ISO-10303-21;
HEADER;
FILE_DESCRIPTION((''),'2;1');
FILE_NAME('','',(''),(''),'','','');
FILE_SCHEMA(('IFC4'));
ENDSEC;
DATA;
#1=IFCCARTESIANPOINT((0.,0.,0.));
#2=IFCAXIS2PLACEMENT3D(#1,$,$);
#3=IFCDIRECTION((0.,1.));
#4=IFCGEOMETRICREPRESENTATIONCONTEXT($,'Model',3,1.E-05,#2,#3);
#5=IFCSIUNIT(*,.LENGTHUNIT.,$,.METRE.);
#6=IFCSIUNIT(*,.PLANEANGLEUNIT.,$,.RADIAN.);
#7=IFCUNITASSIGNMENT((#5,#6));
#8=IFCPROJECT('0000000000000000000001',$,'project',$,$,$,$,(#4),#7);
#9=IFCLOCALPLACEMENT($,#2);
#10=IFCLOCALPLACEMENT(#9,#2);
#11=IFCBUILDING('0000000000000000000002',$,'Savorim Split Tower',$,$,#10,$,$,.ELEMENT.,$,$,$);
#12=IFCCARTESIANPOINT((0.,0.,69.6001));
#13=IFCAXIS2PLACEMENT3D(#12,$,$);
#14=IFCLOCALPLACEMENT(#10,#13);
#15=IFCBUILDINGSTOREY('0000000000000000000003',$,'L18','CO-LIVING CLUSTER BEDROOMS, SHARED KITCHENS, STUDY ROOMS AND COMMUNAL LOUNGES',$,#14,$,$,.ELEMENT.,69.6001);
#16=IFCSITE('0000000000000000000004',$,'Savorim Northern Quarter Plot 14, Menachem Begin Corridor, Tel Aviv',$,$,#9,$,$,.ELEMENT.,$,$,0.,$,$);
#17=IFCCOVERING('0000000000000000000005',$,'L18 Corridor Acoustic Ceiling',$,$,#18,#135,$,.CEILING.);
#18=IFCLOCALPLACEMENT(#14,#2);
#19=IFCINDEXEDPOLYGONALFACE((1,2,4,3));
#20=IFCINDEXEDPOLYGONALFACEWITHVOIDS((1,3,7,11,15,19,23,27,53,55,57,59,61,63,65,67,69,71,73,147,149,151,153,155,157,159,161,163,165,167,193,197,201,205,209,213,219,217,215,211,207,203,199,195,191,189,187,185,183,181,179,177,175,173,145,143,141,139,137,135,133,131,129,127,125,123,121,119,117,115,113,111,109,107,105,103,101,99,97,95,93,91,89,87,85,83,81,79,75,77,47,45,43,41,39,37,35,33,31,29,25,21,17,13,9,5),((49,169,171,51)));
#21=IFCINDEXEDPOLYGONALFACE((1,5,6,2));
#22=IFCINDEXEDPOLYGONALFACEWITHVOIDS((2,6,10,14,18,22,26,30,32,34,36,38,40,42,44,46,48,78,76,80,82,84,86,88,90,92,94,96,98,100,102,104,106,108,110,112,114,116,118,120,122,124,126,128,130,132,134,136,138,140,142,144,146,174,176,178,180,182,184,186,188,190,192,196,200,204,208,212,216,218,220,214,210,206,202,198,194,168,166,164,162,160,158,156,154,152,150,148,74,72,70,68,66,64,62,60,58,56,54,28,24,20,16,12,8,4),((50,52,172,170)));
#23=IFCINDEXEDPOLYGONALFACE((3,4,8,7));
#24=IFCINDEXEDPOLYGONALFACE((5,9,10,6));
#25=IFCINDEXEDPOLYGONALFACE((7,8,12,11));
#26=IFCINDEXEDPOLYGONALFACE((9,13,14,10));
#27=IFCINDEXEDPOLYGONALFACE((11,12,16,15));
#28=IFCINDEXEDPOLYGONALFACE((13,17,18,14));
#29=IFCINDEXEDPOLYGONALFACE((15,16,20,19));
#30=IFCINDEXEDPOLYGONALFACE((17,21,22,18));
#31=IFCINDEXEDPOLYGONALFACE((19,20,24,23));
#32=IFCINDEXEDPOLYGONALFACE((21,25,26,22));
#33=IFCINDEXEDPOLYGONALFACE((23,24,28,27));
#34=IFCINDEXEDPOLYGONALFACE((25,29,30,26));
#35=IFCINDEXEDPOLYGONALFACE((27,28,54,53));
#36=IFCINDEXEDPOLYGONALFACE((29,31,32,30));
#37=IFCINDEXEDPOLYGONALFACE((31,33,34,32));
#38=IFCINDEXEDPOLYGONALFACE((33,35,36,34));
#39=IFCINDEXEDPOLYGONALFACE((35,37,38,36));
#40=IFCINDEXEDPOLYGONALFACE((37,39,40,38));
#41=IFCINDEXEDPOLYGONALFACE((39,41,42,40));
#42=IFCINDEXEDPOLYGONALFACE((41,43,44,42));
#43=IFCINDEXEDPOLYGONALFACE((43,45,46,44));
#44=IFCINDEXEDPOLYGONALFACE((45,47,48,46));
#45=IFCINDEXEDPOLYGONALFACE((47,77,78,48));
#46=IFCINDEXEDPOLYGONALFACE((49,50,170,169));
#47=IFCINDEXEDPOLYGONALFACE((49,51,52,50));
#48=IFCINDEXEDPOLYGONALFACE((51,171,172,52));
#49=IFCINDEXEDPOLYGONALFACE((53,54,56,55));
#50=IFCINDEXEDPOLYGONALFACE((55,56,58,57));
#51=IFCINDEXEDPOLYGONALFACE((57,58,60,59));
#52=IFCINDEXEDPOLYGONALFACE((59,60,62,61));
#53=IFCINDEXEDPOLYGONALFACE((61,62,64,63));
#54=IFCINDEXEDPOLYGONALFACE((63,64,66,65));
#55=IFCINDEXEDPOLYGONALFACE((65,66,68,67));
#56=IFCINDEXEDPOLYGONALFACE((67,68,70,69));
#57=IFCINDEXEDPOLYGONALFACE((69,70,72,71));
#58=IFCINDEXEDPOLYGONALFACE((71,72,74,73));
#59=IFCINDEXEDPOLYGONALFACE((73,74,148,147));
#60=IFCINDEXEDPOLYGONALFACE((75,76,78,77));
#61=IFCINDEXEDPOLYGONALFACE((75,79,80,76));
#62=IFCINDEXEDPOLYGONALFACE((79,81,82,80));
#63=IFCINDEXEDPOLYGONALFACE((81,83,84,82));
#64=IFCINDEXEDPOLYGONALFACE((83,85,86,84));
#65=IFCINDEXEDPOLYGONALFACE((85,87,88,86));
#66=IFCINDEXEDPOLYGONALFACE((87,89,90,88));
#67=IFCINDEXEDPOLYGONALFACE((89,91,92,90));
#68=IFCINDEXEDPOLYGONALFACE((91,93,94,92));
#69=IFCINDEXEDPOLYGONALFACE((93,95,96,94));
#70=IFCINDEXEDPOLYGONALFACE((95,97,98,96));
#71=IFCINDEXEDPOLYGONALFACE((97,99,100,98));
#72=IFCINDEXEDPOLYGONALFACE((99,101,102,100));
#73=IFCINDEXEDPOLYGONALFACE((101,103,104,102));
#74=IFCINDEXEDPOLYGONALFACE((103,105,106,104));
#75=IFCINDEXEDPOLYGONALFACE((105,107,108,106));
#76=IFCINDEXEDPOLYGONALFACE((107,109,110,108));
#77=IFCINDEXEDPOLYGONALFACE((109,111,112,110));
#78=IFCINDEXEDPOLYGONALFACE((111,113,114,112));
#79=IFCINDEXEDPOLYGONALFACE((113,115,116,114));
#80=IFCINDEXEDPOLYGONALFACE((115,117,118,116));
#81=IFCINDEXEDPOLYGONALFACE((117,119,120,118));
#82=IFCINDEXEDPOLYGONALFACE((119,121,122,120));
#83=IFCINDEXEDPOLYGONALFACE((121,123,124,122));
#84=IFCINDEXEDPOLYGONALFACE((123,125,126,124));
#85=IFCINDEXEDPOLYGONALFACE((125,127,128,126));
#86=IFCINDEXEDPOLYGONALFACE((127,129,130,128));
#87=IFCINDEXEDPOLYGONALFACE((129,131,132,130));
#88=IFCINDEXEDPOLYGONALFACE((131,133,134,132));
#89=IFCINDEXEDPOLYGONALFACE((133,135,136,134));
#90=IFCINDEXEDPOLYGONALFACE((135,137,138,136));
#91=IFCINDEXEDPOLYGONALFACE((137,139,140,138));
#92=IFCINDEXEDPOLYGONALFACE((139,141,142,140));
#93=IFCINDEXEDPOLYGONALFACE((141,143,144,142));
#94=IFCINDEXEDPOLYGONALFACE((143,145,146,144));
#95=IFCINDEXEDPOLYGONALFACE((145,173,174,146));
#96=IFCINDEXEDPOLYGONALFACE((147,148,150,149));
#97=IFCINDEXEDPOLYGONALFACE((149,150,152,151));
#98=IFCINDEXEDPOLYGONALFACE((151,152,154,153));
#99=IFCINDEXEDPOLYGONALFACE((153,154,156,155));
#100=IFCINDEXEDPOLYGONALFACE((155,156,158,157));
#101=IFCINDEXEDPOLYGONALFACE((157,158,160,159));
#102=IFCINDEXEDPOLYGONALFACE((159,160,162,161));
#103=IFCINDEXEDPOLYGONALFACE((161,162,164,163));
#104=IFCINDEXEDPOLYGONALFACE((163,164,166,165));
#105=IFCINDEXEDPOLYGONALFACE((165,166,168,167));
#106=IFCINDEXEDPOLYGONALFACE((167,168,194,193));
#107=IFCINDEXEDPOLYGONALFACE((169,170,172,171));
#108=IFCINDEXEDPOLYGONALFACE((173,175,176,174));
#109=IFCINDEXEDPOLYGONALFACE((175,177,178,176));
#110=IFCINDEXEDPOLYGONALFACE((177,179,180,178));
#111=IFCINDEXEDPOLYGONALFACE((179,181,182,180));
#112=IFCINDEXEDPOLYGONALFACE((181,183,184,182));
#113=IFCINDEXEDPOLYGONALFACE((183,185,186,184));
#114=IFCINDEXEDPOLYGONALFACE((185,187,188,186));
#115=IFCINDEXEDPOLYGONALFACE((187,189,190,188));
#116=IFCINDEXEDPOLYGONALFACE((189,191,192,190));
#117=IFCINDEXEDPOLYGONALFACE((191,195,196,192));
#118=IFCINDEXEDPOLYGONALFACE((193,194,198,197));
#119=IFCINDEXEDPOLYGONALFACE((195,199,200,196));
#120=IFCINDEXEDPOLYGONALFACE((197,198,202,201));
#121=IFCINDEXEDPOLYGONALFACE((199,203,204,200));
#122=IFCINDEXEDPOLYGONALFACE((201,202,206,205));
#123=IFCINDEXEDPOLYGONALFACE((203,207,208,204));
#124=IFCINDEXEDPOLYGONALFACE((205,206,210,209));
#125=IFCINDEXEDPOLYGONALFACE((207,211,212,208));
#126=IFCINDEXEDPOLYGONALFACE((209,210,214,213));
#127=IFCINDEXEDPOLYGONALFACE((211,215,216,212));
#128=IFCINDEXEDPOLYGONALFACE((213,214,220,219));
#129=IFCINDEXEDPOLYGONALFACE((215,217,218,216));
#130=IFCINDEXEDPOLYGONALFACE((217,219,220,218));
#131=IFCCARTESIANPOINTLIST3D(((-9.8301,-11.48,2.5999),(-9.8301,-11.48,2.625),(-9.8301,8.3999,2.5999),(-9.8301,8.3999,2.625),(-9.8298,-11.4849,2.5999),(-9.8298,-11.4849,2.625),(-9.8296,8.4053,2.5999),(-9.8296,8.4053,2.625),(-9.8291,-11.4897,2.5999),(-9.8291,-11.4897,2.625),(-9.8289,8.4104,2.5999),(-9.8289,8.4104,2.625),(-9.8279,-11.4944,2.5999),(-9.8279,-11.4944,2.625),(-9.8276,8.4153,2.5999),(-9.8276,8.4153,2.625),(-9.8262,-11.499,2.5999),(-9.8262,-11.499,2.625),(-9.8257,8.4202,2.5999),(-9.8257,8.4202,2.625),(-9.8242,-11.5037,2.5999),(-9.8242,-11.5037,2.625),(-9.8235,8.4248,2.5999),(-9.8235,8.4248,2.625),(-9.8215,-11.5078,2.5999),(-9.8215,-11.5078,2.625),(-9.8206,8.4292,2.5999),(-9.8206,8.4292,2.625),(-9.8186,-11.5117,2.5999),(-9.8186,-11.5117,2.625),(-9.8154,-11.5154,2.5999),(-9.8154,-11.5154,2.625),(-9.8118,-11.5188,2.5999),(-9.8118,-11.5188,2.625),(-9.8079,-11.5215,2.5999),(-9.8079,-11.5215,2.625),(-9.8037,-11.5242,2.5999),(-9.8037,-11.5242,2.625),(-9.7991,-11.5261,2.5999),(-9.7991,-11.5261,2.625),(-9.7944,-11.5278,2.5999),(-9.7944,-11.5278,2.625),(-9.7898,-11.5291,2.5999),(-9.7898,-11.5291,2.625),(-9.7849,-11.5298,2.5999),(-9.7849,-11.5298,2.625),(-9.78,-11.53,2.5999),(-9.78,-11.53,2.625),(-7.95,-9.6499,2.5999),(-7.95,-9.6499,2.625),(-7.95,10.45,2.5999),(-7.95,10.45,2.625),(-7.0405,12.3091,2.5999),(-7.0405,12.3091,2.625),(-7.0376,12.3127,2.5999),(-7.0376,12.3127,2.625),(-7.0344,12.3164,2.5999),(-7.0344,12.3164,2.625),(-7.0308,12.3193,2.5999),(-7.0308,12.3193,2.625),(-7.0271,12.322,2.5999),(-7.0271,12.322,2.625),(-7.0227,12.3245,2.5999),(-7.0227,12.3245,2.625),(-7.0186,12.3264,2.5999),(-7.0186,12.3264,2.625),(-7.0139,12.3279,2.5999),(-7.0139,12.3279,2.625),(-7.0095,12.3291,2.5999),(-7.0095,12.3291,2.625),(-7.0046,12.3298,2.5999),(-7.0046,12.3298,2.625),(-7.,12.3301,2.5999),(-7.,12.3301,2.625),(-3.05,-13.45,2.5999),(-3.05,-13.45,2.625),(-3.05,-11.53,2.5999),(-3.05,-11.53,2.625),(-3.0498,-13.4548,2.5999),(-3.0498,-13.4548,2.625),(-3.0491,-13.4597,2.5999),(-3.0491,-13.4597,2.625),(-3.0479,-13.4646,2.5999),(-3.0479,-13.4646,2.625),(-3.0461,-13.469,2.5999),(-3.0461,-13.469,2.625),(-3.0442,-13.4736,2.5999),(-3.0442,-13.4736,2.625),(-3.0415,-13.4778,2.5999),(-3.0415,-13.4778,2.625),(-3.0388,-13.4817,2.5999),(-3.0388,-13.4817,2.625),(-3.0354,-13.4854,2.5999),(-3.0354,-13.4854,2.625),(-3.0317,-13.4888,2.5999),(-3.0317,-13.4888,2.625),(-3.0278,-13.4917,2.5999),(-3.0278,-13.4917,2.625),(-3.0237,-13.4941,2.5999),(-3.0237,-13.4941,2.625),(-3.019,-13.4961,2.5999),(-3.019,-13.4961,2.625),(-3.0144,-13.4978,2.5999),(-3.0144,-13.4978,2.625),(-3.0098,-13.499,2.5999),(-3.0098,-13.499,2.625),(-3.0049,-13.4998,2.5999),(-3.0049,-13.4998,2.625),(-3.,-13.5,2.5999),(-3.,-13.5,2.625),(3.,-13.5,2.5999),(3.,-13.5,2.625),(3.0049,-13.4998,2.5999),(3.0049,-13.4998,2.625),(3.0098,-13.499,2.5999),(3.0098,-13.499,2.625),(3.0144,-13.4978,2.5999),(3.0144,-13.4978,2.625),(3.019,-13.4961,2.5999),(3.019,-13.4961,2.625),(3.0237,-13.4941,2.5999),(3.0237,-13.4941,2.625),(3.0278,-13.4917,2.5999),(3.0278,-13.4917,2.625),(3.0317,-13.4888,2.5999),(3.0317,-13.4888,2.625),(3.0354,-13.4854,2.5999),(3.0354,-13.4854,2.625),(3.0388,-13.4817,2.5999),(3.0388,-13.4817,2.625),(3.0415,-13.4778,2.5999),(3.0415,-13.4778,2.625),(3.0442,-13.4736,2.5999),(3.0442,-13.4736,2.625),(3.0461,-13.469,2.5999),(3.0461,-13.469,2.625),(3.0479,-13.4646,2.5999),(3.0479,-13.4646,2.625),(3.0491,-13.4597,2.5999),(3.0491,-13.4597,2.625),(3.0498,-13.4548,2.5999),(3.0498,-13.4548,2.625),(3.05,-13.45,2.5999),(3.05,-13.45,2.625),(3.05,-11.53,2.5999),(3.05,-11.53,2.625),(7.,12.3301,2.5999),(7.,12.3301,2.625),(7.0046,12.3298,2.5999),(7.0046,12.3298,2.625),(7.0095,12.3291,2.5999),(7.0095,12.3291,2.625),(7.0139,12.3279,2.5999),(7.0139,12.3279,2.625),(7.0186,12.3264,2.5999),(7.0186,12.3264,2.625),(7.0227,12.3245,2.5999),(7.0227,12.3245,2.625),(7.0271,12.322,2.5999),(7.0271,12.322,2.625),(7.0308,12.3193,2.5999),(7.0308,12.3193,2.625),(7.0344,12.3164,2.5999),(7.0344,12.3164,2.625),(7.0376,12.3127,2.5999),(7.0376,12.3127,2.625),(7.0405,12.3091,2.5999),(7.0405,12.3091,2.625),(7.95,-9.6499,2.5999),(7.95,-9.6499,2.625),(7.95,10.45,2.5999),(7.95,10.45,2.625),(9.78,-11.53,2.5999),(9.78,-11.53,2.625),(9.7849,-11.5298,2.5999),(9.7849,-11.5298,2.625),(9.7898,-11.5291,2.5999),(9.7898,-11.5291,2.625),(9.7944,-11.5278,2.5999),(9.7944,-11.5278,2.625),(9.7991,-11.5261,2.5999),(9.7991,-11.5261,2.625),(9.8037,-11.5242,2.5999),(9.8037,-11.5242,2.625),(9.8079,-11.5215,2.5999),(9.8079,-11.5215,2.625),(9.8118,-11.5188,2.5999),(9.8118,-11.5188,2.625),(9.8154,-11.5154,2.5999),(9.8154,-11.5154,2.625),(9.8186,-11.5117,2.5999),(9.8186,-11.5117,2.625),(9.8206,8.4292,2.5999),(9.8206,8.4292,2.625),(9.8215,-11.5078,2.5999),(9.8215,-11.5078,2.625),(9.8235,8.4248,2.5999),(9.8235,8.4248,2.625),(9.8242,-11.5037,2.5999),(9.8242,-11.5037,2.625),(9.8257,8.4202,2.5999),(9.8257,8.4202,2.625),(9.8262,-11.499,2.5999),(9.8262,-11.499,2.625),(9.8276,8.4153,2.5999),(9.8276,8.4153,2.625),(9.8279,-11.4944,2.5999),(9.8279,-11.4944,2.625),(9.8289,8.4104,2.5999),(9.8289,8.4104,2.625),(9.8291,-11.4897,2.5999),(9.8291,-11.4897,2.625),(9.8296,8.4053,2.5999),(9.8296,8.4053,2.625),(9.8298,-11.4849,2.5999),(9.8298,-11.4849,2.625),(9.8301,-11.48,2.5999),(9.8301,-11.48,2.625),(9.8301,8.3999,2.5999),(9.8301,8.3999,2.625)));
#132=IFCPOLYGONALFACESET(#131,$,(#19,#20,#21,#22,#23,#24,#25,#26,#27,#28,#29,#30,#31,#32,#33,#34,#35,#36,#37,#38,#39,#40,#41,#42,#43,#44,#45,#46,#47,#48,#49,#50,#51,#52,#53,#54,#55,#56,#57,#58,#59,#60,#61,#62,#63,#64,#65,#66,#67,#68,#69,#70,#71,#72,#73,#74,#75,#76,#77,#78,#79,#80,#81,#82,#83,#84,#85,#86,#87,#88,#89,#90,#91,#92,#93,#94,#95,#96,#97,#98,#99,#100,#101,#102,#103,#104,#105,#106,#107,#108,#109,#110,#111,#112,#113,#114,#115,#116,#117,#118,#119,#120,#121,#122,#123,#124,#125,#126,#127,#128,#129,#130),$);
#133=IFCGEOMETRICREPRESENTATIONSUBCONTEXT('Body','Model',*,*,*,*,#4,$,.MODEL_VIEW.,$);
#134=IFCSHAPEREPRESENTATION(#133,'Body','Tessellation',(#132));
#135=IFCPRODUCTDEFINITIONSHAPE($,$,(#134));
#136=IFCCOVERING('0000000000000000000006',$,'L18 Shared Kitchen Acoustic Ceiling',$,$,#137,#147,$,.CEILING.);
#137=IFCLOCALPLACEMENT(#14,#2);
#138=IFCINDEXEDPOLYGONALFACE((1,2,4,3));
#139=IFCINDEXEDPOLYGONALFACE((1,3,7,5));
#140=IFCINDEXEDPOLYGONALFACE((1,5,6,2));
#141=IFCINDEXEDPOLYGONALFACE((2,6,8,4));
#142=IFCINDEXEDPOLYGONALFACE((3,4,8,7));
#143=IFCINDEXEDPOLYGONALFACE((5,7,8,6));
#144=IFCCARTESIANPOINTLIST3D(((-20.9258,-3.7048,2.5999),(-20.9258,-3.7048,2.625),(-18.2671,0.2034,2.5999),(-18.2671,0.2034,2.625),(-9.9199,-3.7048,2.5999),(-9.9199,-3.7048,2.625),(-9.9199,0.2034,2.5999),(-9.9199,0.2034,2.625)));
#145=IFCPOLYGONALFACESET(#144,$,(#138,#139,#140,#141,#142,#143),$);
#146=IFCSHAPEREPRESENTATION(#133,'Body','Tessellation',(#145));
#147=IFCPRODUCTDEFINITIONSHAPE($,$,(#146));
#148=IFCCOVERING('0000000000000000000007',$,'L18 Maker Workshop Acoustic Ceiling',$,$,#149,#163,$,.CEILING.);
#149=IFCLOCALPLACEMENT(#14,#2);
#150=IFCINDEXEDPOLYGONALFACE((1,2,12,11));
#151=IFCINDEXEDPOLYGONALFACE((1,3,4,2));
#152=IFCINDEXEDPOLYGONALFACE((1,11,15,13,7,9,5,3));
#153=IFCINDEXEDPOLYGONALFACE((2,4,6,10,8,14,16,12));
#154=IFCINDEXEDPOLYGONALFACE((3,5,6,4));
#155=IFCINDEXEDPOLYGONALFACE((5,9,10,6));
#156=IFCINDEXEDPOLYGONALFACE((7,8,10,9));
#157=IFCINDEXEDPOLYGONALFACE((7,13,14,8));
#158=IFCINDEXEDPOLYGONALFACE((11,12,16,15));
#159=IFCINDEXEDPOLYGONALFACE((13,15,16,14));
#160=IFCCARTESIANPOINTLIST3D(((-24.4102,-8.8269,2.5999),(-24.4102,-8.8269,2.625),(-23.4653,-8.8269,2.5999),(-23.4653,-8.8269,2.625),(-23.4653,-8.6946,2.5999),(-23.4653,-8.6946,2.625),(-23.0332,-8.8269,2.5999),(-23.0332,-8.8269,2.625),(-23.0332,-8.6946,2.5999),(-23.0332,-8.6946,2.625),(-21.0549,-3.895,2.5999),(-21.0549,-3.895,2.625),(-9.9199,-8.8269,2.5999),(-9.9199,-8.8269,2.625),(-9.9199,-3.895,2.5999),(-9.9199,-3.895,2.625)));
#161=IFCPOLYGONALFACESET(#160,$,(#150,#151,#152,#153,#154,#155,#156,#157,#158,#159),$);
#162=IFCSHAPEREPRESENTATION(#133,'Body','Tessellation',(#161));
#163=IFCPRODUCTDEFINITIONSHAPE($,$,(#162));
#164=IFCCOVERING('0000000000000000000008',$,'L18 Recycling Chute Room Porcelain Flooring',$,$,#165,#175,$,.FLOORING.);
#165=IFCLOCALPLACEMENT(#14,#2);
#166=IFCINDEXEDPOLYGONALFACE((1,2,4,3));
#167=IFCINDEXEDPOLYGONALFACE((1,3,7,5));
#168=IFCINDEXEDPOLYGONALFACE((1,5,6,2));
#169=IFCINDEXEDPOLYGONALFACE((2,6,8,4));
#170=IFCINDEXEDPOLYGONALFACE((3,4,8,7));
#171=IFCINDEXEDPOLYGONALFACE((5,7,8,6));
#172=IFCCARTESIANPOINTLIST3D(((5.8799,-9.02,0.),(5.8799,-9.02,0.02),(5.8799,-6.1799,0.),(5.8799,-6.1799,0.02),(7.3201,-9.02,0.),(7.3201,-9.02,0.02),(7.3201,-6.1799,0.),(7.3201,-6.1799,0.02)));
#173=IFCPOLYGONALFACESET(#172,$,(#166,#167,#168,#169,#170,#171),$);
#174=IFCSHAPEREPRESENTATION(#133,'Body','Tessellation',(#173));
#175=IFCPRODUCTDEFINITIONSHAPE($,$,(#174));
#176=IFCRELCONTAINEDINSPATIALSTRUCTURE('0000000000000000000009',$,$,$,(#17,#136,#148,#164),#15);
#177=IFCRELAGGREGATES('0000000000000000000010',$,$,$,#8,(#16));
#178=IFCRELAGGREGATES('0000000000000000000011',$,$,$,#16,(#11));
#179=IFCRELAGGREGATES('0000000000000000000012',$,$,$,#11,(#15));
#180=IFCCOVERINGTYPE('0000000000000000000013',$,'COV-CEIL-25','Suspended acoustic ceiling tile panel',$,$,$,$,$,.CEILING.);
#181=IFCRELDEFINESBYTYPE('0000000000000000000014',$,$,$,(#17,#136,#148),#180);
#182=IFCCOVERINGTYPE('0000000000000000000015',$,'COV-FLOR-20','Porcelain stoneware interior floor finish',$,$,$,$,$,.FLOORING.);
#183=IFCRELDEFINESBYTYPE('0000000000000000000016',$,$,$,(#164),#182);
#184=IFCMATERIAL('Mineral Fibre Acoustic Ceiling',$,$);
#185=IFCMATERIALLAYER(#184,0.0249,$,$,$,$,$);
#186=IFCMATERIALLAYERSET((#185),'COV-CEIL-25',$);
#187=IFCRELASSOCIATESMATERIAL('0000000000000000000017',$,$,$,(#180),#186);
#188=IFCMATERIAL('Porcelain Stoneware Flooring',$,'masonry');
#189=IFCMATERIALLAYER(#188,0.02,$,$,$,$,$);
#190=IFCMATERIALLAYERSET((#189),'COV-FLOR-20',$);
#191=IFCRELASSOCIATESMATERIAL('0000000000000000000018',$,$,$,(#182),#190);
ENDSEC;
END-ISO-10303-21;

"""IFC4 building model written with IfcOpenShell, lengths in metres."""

from ifc_helpers import new_model, si_unit, direction, frame, origin, place, context, subcontext, project, spatial, polyline, outline, extrude, material, layer, layer_set, type_object, element, save


model = new_model("IFC4")

# Units and contexts
model_context = context("Model", 3, precision=1e-05, world=origin(), true_north=direction((0.0, 1.0)))
body_context = subcontext(model_context, "Body", "Model", "MODEL_VIEW")
ifc_project = project(units=[si_unit("LENGTHUNIT", "METRE"), si_unit("PLANEANGLEUNIT", "RADIAN")], contexts=[model_context])

# Site, building, storey
site_placement = place(None, origin())
site = spatial("IfcSite", under=ifc_project, at=site_placement, Name="Savorim Northern Quarter Plot 14, Menachem Begin Corridor, Tel Aviv", CompositionType="ELEMENT", RefElevation=0.0)
building_placement = place(site_placement, origin())
building = spatial("IfcBuilding", under=site, at=building_placement, Name="Savorim Split Tower", CompositionType="ELEMENT")
storey_placement = place(building_placement, frame((0.0, 0.0, 69.6001)))
storey = spatial("IfcBuildingStorey", under=building, at=storey_placement, Name="L18", Description="CO-LIVING CLUSTER BEDROOMS, SHARED KITCHENS, STUDY ROOMS AND COMMUNAL LOUNGES", CompositionType="ELEMENT", Elevation=69.6001)

# Coverings
ifc_material_1 = material(Name="Mineral Fibre Acoustic Ceiling")
ifc_layer_1 = layer(ifc_material_1, 0.0249)
ifc_layer_set_1 = layer_set([ifc_layer_1], Name="COV-CEIL-25")
covering_type_1 = type_object("IfcCoveringType", Name="COV-CEIL-25", Description="Suspended acoustic ceiling tile panel", PredefinedType="CEILING", material=ifc_layer_set_1)
covering_1_placement = place(storey_placement, frame((0.0, 0.0, 2.5999)))
element("IfcCovering", 1, at=covering_1_placement, inside=storey, type_object=covering_type_1, Name="L18 Corridor Acoustic Ceiling", PredefinedType="CEILING", context=body_context, shape_type="SweptSolid", body=[
    extrude(outline(polyline([(7.0095, 12.3291), (7.0046, 12.3298), (7.0, 12.3301), (-7.0, 12.3301), (-7.0046, 12.3298), (-7.0095, 12.3291), (-7.0139, 12.3279), (-7.0186, 12.3264), (-7.0227, 12.3245), (-7.0271, 12.322), (-7.0308, 12.3193), (-7.0344, 12.3164), (-7.0376, 12.3127), (-7.0405, 12.3091), (-9.8206, 8.4292), (-9.8235, 8.4248), (-9.8257, 8.4202), (-9.8276, 8.4153), (-9.8289, 8.4104), (-9.8296, 8.4053), (-9.8301, 8.3999), (-9.8301, -11.48), (-9.8298, -11.4849), (-9.8291, -11.4897), (-9.8279, -11.4944), (-9.8262, -11.499), (-9.8242, -11.5037), (-9.8215, -11.5078), (-9.8186, -11.5117), (-9.8154, -11.5154), (-9.8118, -11.5188), (-9.8079, -11.5215), (-9.8037, -11.5242), (-9.7991, -11.5261), (-9.7944, -11.5278), (-9.7898, -11.5291), (-9.7849, -11.5298), (-9.78, -11.53), (-3.05, -11.53), (-3.05, -13.45), (-3.0498, -13.4548), (-3.0491, -13.4597), (-3.0479, -13.4646), (-3.0461, -13.469), (-3.0442, -13.4736), (-3.0415, -13.4778), (-3.0388, -13.4817), (-3.0354, -13.4854), (-3.0317, -13.4888), (-3.0278, -13.4917), (-3.0237, -13.4941), (-3.019, -13.4961), (-3.0144, -13.4978), (-3.0098, -13.499), (-3.0049, -13.4998), (-3.0, -13.5), (3.0, -13.5), (3.0049, -13.4998), (3.0098, -13.499), (3.0144, -13.4978), (3.019, -13.4961), (3.0237, -13.4941), (3.0278, -13.4917), (3.0317, -13.4888), (3.0354, -13.4854), (3.0388, -13.4817), (3.0415, -13.4778), (3.0442, -13.4736), (3.0461, -13.469), (3.0479, -13.4646), (3.0491, -13.4597), (3.0498, -13.4548), (3.05, -13.45), (3.05, -11.53), (9.78, -11.53), (9.7849, -11.5298), (9.7898, -11.5291), (9.7944, -11.5278), (9.7991, -11.5261), (9.8037, -11.5242), (9.8079, -11.5215), (9.8118, -11.5188), (9.8154, -11.5154), (9.8186, -11.5117), (9.8215, -11.5078), (9.8242, -11.5037), (9.8262, -11.499), (9.8279, -11.4944), (9.8291, -11.4897), (9.8298, -11.4849), (9.8301, -11.48), (9.8301, 8.3999), (9.8296, 8.4053), (9.8289, 8.4104), (9.8276, 8.4153), (9.8257, 8.4202), (9.8235, 8.4248), (9.8206, 8.4292), (7.0405, 12.3091), (7.0376, 12.3127), (7.0344, 12.3164), (7.0308, 12.3193), (7.0271, 12.322), (7.0227, 12.3245), (7.0186, 12.3264), (7.0139, 12.3279), (7.0095, 12.3291)]), holes=[polyline([(-7.95, 10.45), (-7.95, -9.6499), (7.95, -9.6499), (7.95, 10.45), (-7.95, 10.45)])]), origin(), (0.0, 0.0, 1.0), 0.0251),
])
covering_2_placement = place(storey_placement, frame((0.0, 0.0, 2.5999)))
element("IfcCovering", 2, at=covering_2_placement, inside=storey, type_object=covering_type_1, Name="L18 Shared Kitchen Acoustic Ceiling", PredefinedType="CEILING", context=body_context, shape_type="SweptSolid", body=[
    extrude(outline(polyline([(-18.2671, 0.2034), (-20.9258, -3.7048), (-9.9199, -3.7048), (-9.9199, 0.2034), (-18.2671, 0.2034)])), origin(), (0.0, 0.0, 1.0), 0.0251),
])
covering_3_placement = place(storey_placement, frame((0.0, 0.0, 2.5999)))
element("IfcCovering", 3, at=covering_3_placement, inside=storey, type_object=covering_type_1, Name="L18 Maker Workshop Acoustic Ceiling", PredefinedType="CEILING", context=body_context, shape_type="SweptSolid", body=[
    extrude(outline(polyline([(-23.0332, -8.6946), (-23.0332, -8.8269), (-9.9199, -8.8269), (-9.9199, -3.895), (-21.0549, -3.895), (-24.4102, -8.8269), (-23.4653, -8.8269), (-23.4653, -8.6946), (-23.0332, -8.6946)])), origin(), (0.0, 0.0, 1.0), 0.0251),
])
ifc_material_2 = material(Name="Porcelain Stoneware Flooring", Category="masonry")
ifc_layer_2 = layer(ifc_material_2, 0.02)
ifc_layer_set_2 = layer_set([ifc_layer_2], Name="COV-FLOR-20")
covering_type_2 = type_object("IfcCoveringType", Name="COV-FLOR-20", Description="Porcelain stoneware interior floor finish", PredefinedType="FLOORING", material=ifc_layer_set_2)
covering_4_placement = place(storey_placement, origin())
element("IfcCovering", 4, at=covering_4_placement, inside=storey, type_object=covering_type_2, Name="L18 Recycling Chute Room Porcelain Flooring", PredefinedType="FLOORING", context=body_context, shape_type="SweptSolid", body=[
    extrude(outline(polyline([(5.8799, -6.1799), (5.8799, -9.02), (7.3201, -9.02), (7.3201, -6.1799), (5.8799, -6.1799)])), origin(), (0.0, 0.0, 1.0), 0.02),
])

save(model, "model.ifc")
